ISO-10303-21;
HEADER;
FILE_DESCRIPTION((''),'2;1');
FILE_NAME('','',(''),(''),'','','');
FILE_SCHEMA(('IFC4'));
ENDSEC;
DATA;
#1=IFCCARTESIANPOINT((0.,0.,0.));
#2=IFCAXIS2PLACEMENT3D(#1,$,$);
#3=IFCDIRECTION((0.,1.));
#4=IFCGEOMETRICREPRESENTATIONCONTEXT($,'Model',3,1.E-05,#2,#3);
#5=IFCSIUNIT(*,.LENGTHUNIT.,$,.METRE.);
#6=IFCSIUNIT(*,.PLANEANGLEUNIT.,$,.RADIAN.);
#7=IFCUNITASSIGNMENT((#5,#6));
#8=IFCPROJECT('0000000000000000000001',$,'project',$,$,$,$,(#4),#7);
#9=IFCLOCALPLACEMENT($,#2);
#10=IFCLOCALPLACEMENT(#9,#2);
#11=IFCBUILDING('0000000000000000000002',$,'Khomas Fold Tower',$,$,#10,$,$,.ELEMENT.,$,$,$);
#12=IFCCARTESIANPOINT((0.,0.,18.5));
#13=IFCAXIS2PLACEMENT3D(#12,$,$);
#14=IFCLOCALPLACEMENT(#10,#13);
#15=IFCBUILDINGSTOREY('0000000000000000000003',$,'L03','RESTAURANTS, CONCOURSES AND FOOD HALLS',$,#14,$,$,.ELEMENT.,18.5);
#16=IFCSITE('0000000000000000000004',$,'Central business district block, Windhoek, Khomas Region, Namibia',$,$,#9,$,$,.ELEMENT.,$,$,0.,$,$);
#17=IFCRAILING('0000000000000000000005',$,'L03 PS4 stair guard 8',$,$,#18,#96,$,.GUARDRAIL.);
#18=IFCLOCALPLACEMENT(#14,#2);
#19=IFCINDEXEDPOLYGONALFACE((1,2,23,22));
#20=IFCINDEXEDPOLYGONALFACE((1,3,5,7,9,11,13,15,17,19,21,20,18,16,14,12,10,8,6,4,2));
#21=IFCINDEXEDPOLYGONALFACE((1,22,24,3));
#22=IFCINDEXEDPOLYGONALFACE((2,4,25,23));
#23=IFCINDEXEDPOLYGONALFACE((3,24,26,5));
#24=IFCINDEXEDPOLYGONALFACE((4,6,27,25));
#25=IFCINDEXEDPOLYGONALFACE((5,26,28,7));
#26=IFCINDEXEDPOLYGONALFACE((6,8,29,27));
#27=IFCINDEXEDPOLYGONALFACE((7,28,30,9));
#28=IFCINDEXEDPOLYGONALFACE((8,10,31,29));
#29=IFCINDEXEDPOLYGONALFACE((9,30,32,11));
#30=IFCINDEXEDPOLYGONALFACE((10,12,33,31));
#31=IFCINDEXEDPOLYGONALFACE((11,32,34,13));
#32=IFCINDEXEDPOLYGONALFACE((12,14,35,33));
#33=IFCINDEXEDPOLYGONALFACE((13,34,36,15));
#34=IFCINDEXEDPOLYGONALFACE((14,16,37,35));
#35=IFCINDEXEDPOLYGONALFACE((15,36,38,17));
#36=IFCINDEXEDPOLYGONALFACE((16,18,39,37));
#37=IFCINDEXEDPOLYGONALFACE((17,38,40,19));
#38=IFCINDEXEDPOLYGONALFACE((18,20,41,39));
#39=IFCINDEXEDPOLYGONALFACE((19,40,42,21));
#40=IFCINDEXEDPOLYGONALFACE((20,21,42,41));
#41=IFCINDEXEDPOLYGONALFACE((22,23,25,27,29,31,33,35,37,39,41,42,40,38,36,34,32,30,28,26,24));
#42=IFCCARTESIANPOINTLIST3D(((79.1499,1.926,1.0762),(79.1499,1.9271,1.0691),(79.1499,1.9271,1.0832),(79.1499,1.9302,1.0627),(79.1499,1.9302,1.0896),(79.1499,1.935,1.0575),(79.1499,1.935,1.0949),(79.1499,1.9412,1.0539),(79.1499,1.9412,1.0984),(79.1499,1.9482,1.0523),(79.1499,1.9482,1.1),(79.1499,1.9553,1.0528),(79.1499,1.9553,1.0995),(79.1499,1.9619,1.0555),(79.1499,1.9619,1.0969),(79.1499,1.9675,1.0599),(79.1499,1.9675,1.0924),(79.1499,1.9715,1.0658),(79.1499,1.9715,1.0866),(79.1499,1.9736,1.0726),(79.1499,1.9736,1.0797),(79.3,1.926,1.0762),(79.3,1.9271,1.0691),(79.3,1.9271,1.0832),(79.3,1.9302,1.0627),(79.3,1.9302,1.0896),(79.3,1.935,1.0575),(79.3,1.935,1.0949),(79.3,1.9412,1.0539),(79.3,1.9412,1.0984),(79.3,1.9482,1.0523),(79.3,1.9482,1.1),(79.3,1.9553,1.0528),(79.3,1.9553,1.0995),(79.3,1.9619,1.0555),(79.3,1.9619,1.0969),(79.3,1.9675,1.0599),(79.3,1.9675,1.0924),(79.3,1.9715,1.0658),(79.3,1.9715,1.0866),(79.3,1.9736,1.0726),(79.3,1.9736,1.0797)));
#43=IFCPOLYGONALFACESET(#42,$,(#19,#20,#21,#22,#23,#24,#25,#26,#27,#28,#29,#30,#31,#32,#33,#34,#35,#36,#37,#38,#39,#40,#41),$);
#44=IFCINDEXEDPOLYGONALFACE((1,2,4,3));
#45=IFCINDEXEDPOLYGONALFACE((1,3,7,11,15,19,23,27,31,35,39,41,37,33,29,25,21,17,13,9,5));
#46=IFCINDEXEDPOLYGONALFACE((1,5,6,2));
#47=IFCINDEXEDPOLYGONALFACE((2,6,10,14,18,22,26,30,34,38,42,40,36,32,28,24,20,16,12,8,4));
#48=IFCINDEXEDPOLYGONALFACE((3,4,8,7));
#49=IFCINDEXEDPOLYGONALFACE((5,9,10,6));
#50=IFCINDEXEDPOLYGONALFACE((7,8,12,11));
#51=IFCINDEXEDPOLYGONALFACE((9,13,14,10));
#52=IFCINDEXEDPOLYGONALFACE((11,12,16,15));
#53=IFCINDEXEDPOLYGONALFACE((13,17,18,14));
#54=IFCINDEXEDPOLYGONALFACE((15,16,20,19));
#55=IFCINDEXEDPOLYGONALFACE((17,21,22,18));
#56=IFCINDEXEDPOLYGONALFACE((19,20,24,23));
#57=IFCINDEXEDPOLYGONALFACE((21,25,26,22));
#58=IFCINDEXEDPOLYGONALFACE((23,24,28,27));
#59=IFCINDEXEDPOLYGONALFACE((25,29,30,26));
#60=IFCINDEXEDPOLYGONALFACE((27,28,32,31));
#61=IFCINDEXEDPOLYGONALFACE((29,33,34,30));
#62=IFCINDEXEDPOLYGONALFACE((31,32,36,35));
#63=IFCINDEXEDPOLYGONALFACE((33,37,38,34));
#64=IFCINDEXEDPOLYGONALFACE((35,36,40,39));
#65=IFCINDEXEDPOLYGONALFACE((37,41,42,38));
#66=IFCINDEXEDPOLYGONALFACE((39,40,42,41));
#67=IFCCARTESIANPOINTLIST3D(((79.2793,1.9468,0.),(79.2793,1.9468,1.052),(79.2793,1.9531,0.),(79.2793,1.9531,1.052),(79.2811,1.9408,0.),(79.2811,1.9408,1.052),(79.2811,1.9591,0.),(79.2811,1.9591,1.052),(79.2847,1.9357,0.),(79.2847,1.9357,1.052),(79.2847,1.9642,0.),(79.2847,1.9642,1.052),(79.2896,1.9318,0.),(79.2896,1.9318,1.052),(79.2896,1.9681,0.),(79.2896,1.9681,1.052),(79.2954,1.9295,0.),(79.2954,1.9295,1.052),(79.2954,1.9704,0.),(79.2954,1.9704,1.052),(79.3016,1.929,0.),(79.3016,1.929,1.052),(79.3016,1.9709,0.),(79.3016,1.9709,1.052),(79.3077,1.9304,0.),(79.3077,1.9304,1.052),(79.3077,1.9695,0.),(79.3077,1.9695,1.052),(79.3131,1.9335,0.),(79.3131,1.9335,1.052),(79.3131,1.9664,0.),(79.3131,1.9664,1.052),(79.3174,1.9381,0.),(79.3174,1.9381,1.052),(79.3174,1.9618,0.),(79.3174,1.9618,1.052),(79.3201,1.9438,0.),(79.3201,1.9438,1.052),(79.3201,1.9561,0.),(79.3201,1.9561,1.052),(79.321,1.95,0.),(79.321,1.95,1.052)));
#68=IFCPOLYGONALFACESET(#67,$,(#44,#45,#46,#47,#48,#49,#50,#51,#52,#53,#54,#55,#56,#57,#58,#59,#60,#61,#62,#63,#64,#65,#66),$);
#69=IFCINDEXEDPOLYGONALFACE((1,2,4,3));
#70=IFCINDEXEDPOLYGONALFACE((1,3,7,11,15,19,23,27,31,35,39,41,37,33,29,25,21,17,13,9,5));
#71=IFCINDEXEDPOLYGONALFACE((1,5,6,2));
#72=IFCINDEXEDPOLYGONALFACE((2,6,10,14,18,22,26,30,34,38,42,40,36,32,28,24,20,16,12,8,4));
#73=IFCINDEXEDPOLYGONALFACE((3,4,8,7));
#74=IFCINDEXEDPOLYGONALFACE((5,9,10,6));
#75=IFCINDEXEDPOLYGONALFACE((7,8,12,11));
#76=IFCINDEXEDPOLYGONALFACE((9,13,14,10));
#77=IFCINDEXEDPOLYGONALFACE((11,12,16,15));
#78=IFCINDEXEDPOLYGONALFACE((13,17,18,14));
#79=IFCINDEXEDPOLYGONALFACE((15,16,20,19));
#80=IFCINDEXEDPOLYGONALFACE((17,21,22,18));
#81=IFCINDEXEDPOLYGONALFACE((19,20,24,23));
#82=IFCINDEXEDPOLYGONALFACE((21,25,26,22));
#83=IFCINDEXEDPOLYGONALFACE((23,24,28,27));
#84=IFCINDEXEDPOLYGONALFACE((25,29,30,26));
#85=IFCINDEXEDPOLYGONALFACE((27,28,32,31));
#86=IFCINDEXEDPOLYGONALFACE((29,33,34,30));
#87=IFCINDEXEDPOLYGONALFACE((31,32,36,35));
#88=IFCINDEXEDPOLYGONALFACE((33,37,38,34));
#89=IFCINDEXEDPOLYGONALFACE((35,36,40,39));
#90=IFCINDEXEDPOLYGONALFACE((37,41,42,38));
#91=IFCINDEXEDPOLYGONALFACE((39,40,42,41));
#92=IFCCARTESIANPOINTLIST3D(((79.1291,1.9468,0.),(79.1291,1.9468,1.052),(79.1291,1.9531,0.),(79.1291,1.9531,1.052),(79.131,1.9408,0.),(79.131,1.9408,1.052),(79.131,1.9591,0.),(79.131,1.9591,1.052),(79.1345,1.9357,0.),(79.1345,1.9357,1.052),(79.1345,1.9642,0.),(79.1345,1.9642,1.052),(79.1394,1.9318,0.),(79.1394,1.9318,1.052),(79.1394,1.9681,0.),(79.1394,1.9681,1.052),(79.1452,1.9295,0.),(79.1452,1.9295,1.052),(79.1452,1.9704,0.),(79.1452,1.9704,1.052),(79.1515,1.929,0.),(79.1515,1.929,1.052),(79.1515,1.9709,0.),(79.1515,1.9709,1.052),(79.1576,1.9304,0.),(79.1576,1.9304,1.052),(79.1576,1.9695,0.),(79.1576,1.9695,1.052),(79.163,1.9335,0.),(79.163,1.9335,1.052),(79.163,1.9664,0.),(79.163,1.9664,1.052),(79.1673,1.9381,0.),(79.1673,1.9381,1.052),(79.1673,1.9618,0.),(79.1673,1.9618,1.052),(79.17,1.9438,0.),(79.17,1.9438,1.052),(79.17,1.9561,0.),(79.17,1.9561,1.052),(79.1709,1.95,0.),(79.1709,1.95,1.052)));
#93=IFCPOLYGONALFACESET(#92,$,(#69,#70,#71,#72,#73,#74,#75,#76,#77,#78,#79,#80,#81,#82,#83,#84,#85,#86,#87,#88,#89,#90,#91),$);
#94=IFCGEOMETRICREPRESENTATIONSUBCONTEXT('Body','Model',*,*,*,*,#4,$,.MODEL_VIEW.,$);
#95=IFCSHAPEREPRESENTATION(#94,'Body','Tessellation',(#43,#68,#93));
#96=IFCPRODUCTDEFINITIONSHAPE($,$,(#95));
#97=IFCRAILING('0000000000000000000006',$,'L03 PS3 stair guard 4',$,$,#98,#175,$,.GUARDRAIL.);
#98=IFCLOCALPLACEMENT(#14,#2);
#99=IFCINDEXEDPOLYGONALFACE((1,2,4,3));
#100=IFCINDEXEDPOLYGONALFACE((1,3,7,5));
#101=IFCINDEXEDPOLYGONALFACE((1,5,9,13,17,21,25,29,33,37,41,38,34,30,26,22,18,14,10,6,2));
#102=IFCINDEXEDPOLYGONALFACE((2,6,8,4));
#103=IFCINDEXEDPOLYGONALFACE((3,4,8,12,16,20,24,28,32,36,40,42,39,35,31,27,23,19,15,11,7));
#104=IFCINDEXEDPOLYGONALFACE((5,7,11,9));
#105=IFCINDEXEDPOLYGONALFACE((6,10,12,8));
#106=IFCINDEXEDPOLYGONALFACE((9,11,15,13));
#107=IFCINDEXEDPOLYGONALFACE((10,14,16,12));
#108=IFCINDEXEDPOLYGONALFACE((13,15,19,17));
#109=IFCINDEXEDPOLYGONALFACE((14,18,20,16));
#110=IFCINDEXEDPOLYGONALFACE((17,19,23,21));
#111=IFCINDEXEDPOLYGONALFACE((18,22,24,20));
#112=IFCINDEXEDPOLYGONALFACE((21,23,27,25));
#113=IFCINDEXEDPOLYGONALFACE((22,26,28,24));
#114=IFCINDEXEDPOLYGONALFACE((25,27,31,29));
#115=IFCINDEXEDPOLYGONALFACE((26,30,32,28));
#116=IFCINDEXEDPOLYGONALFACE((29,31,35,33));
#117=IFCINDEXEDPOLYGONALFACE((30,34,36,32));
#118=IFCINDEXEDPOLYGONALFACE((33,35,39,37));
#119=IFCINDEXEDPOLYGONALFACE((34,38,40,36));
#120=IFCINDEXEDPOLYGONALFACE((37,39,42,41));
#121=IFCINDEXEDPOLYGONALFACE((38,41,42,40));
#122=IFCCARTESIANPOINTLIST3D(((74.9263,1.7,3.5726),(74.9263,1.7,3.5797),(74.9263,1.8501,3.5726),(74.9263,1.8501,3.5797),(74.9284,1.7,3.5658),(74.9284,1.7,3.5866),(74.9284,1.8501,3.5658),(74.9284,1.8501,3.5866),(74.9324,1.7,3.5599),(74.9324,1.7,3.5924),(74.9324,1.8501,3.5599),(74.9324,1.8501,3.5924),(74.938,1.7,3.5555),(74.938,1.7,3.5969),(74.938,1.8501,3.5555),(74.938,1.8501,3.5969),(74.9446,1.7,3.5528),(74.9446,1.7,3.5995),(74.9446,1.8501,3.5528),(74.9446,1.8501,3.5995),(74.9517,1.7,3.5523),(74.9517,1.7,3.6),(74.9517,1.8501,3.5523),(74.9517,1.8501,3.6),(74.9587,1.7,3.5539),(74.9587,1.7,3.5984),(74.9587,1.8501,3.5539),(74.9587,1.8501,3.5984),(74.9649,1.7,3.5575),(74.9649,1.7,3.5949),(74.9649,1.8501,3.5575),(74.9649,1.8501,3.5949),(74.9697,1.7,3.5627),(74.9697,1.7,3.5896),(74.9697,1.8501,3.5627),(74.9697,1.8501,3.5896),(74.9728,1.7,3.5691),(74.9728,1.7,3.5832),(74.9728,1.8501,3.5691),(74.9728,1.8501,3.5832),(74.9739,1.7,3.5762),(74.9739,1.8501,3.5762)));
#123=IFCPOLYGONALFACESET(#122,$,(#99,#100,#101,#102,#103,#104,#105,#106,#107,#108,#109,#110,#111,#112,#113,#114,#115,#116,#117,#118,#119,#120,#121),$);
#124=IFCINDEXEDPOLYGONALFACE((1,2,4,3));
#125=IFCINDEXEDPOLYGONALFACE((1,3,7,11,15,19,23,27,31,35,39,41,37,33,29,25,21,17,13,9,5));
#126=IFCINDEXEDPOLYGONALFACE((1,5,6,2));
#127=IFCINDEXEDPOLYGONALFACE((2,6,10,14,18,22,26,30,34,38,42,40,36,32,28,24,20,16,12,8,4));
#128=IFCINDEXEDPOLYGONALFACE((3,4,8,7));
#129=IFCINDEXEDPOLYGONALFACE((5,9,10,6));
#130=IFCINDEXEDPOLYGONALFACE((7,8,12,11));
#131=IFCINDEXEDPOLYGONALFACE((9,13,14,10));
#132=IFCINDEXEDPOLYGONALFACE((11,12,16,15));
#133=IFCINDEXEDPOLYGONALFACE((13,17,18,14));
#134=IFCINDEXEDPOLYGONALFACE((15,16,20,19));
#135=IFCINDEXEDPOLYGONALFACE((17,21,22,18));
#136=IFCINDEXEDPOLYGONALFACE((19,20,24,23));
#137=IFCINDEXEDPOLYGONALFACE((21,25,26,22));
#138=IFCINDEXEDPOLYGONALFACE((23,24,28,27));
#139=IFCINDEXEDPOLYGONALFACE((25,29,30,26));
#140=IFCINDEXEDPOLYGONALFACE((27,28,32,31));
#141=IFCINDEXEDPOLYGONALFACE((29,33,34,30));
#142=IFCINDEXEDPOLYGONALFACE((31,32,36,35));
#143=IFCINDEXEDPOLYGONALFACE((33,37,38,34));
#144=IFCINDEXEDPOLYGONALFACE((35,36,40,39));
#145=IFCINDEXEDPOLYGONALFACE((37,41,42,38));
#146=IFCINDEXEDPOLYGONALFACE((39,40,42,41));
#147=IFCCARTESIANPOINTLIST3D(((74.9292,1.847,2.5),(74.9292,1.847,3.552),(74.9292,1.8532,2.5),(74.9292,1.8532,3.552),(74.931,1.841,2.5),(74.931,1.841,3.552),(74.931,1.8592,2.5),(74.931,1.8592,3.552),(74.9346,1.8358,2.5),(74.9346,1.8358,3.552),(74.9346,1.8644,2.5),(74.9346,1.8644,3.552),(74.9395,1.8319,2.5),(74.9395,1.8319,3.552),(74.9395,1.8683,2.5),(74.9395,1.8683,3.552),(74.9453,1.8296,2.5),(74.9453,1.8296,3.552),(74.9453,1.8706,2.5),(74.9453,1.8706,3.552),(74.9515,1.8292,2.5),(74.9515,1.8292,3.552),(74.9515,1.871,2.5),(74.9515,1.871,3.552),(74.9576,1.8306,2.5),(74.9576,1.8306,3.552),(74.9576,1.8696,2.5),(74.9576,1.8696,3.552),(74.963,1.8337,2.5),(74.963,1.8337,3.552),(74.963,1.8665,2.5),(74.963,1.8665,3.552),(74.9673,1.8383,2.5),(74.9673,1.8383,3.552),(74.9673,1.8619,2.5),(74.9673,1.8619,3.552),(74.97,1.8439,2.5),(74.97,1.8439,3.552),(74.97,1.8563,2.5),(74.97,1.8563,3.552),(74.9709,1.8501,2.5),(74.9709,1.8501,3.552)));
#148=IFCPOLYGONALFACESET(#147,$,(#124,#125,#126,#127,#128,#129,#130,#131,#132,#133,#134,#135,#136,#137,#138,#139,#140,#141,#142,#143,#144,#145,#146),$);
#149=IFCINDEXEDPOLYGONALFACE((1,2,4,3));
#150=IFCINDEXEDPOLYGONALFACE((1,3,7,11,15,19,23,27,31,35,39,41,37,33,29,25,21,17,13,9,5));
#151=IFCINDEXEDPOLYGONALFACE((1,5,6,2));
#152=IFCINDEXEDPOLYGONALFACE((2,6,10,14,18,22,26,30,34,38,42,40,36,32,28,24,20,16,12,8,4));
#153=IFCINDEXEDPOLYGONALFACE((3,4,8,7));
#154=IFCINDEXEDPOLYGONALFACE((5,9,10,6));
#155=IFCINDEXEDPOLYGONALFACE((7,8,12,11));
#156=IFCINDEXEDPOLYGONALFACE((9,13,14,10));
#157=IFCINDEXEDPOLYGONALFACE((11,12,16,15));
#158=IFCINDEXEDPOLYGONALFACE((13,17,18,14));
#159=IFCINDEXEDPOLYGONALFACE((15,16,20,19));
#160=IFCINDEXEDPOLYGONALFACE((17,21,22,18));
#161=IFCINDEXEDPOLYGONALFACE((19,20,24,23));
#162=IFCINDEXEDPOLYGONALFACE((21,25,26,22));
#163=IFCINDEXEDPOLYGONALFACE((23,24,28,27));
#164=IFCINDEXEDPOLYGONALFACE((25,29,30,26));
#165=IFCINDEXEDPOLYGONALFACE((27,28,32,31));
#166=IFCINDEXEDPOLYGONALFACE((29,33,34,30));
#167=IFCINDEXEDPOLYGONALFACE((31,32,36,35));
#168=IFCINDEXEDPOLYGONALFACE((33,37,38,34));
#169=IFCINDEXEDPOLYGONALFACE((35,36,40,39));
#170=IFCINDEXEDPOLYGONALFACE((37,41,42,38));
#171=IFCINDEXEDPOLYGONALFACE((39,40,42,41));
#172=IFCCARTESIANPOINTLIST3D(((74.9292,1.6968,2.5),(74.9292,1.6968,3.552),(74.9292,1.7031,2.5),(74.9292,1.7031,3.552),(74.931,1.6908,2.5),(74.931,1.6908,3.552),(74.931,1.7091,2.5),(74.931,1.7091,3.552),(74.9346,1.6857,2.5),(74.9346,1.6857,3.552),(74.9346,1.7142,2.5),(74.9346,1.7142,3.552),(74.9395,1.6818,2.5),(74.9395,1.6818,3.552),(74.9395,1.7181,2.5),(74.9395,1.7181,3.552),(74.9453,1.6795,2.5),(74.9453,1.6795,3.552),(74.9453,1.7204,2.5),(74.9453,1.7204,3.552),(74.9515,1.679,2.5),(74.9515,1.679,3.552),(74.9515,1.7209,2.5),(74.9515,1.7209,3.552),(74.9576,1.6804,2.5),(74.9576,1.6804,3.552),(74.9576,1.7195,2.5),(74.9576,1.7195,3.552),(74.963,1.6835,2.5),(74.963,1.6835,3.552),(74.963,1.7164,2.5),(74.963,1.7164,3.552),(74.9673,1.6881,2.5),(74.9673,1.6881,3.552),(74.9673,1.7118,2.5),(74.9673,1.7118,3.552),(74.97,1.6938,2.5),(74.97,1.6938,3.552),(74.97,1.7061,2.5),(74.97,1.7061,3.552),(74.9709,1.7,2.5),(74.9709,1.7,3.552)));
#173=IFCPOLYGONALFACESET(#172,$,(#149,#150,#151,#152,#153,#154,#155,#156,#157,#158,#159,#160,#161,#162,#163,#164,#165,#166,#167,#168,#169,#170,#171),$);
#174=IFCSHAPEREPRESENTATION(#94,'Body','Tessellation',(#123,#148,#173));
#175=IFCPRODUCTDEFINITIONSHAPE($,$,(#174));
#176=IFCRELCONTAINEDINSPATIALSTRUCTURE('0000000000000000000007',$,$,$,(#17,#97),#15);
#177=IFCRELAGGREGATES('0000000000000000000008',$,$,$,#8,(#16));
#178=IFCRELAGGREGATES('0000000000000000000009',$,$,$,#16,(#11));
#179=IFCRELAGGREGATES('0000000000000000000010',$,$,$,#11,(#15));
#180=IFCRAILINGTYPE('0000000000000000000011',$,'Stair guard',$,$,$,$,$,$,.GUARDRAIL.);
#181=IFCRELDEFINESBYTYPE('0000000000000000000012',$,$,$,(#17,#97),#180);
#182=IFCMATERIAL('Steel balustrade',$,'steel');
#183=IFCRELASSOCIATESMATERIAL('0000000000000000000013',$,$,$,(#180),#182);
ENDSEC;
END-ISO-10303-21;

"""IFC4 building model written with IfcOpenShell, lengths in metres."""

from ifc_helpers import new_model, si_unit, direction, frame, origin, origin_2d, place, context, subcontext, project, spatial, circle, extrude, source, transform, mapped, material, type_object, element, save


model = new_model("IFC4")

# Units and contexts
model_context = context("Model", 3, precision=1e-05, world=origin(), true_north=direction((0.0, 1.0)))
body_context = subcontext(model_context, "Body", "Model", "MODEL_VIEW")
ifc_project = project(units=[si_unit("LENGTHUNIT", "METRE"), si_unit("PLANEANGLEUNIT", "RADIAN")], contexts=[model_context])

# Site, building, storey
site_placement = place(None, origin())
site = spatial("IfcSite", under=ifc_project, at=site_placement, Name="Central business district block, Windhoek, Khomas Region, Namibia", CompositionType="ELEMENT", RefElevation=0.0)
building_placement = place(site_placement, origin())
building = spatial("IfcBuilding", under=site, at=building_placement, Name="Khomas Fold Tower", CompositionType="ELEMENT")
storey_placement = place(building_placement, frame((0.0, 0.0, 18.5)))
storey = spatial("IfcBuildingStorey", under=building, at=storey_placement, Name="L03", Description="RESTAURANTS, CONCOURSES AND FOOD HALLS", CompositionType="ELEMENT", Elevation=18.5)

# Railings
ifc_material_1 = material(Name="Steel balustrade", Category="steel")
railing_type_1 = type_object("IfcRailingType", Name="Stair guard", PredefinedType="GUARDRAIL", material=ifc_material_1)
shared_shape_1 = source(origin(), body_context, "Body", "SweptSolid", [
    extrude(circle(Radius=0.0239, at=origin_2d()), frame((0.0, 0.0, 1.0762), z_axis=(-1.0, 0.0, 0.0), x_axis=(0.0, -1.0, 0.0)), (0.0, 0.0, 1.0), 0.1501),
    extrude(circle(Radius=0.021, at=origin_2d()), origin(), (0.0, 0.0, 1.0), 1.052),
    extrude(circle(Radius=0.021, at=origin_2d()), frame((-0.1501, 0.0, 0.0)), (0.0, 0.0, 1.0), 1.052),
])
for number, where, name in (
    (1, (79.3, 1.95, 0.0), "L03 PS4 stair guard 8"),
):
    element("IfcRailing", number, at=place(storey_placement, frame(where)), inside=storey, type_object=railing_type_1, Name=name, PredefinedType="GUARDRAIL", context=body_context, shape_type="MappedRepresentation", body=[
        mapped(shared_shape_1, transform((0.0, 0.0, 0.0))),
    ])
shared_shape_2 = source(origin(), body_context, "Body", "SweptSolid", [
    extrude(circle(Radius=0.0239, at=origin_2d()), frame((0.0, 0.0, 1.0762), z_axis=(0.0, -1.0, 0.0), x_axis=(1.0, 0.0, 0.0)), (0.0, 0.0, 1.0), 0.1501),
    extrude(circle(Radius=0.021, at=origin_2d()), origin(), (0.0, 0.0, 1.0), 1.052),
    extrude(circle(Radius=0.021, at=origin_2d()), frame((0.0, -0.1501, 0.0)), (0.0, 0.0, 1.0), 1.052),
])
for number, where, name in (
    (2, (74.95, 1.8501, 2.5), "L03 PS3 stair guard 4"),
):
    element("IfcRailing", number, at=place(storey_placement, frame(where)), inside=storey, type_object=railing_type_1, Name=name, PredefinedType="GUARDRAIL", context=body_context, shape_type="MappedRepresentation", body=[
        mapped(shared_shape_2, transform((0.0, 0.0, 0.0))),
    ])

save(model, "model.ifc")
